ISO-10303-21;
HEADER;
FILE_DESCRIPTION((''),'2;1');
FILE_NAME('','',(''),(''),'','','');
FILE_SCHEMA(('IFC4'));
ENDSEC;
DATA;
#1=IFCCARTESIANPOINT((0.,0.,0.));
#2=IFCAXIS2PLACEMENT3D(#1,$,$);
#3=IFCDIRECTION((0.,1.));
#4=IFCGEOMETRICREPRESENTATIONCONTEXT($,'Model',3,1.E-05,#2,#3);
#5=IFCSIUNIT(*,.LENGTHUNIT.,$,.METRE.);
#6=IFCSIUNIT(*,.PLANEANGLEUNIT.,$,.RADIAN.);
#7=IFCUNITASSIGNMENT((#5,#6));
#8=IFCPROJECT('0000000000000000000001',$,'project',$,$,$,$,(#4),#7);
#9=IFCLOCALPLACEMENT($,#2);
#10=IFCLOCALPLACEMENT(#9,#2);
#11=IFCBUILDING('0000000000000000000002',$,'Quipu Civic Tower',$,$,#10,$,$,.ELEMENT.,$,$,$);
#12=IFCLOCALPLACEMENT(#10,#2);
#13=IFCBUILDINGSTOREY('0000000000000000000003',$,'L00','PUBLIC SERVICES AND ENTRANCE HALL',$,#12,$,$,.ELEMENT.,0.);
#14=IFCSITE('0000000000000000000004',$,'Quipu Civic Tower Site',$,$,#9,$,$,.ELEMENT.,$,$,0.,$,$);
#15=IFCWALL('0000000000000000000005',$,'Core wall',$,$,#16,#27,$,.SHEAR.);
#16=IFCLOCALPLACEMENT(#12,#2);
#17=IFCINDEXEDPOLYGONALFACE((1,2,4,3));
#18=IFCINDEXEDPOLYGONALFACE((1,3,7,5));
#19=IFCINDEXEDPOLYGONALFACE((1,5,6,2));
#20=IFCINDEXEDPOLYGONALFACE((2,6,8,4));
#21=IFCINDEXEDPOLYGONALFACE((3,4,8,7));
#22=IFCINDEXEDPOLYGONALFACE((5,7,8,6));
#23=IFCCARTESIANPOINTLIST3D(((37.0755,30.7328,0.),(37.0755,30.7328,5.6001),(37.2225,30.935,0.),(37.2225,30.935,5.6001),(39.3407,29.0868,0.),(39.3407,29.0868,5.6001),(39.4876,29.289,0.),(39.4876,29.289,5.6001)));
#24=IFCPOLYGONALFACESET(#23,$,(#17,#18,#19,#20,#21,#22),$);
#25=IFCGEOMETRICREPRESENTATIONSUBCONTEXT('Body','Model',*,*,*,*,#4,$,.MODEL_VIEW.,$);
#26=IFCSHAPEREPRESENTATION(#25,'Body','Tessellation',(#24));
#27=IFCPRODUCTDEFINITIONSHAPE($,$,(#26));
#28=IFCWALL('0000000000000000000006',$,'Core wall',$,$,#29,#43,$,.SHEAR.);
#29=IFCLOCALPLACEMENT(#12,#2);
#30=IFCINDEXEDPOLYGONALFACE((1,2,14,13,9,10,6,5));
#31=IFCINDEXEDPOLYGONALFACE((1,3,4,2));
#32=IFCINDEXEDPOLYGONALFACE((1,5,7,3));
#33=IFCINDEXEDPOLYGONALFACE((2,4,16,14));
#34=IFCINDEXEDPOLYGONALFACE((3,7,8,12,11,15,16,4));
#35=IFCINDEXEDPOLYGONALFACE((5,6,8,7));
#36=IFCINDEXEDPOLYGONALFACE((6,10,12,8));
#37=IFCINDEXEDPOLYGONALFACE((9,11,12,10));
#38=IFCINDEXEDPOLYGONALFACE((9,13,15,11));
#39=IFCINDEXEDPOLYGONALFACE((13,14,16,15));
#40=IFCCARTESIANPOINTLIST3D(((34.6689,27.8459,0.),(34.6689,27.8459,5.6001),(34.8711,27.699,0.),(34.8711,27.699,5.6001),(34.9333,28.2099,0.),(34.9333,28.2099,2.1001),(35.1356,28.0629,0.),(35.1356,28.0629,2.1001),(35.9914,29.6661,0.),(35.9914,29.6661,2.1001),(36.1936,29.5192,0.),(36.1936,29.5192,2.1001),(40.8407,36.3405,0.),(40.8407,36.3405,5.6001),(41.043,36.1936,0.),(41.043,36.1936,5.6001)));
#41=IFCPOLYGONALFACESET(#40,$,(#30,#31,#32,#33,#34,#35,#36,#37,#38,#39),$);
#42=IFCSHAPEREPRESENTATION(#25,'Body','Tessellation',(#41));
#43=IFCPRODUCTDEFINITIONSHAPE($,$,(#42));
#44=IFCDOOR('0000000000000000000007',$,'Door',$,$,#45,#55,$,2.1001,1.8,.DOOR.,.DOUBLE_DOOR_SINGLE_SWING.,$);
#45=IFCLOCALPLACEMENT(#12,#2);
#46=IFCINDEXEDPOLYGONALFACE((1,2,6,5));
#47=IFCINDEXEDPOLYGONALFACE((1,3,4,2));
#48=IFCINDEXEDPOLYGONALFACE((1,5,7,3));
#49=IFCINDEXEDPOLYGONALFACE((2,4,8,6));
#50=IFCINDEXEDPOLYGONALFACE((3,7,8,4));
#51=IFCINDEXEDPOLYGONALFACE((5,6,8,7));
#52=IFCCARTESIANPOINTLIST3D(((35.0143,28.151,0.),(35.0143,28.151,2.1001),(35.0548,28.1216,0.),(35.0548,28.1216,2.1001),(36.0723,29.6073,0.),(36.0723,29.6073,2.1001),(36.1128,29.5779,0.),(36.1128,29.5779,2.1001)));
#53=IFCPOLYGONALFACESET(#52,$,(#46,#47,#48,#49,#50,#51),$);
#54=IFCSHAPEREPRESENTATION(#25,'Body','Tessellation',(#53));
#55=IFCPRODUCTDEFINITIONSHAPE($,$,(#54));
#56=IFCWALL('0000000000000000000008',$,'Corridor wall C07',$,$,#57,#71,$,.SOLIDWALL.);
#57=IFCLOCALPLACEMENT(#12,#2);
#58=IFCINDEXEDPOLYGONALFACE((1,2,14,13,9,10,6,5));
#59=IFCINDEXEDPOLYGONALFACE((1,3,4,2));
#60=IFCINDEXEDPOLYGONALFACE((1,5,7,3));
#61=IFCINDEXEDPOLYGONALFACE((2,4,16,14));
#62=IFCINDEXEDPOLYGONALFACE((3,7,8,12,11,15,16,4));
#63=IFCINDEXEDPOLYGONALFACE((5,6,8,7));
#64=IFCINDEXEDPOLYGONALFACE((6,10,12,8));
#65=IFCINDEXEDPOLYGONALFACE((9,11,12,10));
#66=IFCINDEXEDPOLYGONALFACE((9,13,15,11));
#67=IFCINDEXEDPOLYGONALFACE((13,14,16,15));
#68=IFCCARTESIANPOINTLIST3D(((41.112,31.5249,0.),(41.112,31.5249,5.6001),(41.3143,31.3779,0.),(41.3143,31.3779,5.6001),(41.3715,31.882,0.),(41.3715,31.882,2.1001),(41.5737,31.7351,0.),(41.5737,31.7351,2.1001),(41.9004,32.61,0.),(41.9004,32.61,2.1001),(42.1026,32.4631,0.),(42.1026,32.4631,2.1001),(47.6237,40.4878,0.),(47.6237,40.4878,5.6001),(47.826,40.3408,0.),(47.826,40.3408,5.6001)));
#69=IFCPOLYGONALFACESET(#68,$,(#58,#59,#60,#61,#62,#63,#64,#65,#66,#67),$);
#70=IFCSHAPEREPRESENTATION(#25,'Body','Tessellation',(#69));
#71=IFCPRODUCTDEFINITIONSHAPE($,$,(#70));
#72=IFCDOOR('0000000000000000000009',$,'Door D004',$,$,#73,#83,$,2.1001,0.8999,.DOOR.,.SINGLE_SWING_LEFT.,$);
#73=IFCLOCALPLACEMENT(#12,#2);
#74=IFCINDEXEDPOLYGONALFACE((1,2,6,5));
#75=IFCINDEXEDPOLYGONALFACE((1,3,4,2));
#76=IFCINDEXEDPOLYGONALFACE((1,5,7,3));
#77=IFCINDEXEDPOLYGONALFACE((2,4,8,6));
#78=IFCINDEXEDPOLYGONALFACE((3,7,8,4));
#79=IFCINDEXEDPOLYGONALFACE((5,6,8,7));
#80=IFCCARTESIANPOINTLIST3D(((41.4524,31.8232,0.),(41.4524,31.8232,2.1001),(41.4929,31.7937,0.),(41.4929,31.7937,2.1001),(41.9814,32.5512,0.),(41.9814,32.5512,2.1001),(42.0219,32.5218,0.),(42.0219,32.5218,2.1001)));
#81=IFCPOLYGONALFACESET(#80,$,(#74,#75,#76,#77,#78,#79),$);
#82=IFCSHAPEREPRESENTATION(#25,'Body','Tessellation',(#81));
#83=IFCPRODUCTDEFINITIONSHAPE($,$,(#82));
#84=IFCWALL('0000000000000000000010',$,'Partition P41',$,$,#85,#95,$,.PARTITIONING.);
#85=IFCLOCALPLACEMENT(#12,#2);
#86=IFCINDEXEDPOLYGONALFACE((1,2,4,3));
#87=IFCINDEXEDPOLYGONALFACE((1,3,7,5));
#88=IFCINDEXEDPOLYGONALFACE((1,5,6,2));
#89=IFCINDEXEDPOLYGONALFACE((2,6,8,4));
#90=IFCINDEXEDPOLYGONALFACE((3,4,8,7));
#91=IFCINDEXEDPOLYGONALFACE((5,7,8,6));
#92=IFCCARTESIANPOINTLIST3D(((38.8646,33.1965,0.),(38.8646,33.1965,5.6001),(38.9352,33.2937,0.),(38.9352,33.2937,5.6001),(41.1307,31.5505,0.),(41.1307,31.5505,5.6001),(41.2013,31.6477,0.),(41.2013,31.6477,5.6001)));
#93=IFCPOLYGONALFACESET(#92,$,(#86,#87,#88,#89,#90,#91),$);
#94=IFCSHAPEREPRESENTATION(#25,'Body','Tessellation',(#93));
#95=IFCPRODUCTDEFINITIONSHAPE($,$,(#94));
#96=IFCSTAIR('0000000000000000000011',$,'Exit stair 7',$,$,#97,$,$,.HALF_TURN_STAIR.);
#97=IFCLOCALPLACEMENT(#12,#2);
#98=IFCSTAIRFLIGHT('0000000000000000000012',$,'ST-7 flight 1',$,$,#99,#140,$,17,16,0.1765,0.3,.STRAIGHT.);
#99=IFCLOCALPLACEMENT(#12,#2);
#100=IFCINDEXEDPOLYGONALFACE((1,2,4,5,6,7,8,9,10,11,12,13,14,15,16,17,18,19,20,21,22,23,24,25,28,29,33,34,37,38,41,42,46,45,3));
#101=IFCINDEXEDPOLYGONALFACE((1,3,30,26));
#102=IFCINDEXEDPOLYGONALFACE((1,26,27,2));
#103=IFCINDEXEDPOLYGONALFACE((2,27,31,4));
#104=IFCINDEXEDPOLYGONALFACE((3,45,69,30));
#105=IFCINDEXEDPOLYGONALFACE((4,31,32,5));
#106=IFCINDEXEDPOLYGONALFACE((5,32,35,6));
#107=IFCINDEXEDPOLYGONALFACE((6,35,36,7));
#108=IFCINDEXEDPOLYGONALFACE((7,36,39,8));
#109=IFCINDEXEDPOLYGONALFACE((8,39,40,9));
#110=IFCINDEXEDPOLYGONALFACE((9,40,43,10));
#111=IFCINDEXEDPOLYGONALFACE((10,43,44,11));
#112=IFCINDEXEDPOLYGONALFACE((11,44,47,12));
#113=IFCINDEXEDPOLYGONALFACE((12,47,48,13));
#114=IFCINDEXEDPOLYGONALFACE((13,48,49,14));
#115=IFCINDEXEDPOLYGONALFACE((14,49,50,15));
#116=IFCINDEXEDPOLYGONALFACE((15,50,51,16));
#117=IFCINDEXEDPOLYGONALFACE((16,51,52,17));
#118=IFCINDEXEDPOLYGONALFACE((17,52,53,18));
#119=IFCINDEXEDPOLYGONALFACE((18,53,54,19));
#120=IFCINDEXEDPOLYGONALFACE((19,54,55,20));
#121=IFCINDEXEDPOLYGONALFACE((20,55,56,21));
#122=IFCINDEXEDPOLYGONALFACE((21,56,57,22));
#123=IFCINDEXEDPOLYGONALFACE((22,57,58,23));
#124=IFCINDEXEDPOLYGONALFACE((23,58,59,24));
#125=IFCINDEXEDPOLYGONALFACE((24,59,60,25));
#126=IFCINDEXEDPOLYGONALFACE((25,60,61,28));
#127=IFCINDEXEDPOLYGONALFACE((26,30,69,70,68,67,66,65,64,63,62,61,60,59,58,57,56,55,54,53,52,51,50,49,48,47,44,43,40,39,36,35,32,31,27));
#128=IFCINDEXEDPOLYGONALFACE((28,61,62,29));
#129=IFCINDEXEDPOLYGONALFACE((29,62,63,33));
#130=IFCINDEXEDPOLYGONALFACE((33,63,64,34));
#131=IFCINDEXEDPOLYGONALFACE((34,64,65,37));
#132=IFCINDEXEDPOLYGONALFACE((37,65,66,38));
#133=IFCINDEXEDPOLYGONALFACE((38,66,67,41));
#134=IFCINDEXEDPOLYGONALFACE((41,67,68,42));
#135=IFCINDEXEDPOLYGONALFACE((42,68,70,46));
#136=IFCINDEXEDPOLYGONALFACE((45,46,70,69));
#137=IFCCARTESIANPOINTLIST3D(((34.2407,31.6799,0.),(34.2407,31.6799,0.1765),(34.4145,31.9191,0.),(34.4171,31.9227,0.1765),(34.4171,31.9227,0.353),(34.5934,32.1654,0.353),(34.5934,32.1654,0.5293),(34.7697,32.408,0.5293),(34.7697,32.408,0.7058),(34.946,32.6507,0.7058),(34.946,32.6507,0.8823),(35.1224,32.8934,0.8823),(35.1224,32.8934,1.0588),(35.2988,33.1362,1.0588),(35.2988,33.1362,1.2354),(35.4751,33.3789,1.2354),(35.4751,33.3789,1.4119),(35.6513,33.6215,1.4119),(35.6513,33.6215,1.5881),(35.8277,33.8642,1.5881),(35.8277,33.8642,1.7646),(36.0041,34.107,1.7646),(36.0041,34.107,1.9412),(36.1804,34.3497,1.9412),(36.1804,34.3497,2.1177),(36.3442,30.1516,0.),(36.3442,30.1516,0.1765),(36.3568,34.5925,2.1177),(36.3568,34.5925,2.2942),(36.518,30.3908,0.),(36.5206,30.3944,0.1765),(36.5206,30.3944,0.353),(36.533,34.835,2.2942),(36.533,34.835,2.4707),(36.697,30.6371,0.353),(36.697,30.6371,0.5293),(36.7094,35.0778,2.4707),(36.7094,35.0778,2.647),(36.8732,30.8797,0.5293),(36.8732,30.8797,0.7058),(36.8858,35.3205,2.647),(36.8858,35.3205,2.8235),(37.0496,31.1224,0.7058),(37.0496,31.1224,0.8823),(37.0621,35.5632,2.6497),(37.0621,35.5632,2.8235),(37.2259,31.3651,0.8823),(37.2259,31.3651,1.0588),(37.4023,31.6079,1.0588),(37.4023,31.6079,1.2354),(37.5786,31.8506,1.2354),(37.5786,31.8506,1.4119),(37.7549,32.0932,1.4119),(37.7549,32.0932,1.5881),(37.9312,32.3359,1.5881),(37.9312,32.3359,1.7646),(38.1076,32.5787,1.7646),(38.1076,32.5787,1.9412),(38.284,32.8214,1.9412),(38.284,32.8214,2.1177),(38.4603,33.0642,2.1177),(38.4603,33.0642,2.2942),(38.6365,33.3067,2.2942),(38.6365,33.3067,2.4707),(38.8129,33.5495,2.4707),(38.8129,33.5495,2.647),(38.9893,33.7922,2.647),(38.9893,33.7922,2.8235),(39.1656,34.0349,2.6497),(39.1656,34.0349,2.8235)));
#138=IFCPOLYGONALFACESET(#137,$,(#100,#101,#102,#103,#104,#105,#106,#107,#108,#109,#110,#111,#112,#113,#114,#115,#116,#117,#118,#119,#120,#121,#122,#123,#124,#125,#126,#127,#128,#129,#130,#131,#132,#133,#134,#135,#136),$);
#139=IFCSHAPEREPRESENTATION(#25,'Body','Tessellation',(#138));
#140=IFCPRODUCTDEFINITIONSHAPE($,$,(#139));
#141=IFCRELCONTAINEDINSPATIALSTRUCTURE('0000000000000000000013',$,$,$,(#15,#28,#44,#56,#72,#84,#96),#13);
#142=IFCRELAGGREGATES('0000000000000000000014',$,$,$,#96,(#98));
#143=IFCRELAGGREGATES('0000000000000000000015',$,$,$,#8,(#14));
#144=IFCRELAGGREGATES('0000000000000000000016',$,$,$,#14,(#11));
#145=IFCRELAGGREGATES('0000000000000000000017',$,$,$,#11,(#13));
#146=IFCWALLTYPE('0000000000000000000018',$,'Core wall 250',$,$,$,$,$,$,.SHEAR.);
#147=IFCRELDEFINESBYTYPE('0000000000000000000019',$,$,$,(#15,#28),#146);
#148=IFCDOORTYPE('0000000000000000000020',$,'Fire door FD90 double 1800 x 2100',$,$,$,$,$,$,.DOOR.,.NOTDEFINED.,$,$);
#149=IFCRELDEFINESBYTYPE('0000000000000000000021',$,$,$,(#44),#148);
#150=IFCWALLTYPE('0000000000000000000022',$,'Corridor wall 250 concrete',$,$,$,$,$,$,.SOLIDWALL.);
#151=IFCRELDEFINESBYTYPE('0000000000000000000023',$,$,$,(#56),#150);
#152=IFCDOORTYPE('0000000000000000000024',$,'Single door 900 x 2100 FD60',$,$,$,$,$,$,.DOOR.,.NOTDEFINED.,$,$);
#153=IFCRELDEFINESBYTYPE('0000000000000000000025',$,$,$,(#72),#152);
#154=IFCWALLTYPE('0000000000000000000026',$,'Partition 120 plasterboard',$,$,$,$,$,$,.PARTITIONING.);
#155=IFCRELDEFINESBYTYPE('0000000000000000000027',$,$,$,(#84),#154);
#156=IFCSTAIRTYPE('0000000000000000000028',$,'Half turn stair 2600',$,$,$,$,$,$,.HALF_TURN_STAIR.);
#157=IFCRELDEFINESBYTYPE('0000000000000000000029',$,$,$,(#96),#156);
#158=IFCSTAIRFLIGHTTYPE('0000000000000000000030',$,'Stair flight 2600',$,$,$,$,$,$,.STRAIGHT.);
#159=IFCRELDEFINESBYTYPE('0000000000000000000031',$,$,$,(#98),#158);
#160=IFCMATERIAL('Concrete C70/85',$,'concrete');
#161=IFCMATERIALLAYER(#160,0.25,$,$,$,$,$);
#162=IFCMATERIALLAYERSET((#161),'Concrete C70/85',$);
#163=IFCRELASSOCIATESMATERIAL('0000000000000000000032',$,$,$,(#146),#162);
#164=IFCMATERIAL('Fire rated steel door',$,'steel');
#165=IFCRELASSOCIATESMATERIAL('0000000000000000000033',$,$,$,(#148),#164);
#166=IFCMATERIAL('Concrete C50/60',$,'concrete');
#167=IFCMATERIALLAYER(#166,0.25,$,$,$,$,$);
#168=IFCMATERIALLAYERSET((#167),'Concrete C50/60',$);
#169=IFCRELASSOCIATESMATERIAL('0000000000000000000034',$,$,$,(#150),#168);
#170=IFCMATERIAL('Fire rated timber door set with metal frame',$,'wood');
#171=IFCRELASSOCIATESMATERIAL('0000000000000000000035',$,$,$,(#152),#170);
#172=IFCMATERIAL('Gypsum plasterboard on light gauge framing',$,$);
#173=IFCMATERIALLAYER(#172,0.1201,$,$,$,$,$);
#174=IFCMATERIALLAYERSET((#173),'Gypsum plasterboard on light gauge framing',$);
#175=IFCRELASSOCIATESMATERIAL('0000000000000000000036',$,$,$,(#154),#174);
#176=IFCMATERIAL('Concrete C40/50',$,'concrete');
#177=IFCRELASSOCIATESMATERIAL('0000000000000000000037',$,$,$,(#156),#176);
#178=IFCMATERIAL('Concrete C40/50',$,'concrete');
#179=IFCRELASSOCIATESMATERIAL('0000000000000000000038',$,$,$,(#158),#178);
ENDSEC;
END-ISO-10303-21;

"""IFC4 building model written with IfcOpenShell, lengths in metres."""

from ifc_helpers import new_model, si_unit, direction, frame, frame_2d, origin, place, context, subcontext, project, spatial, polyline, rectangle, outline, extrude, material, layer, layer_set, type_object, element, fill, aggregate, save


model = new_model("IFC4")

# Units and contexts
model_context = context("Model", 3, precision=1e-05, world=origin(), true_north=direction((0.0, 1.0)))
body_context = subcontext(model_context, "Body", "Model", "MODEL_VIEW")
ifc_project = project(units=[si_unit("LENGTHUNIT", "METRE"), si_unit("PLANEANGLEUNIT", "RADIAN")], contexts=[model_context])

# Site, building, storey
site_placement = place(None, origin())
site = spatial("IfcSite", under=ifc_project, at=site_placement, Name="Quipu Civic Tower Site", CompositionType="ELEMENT", RefElevation=0.0)
building_placement = place(site_placement, origin())
building = spatial("IfcBuilding", under=site, at=building_placement, Name="Quipu Civic Tower", CompositionType="ELEMENT")
storey_placement = place(building_placement, origin())
storey = spatial("IfcBuildingStorey", under=building, at=storey_placement, Name="L00", Description="PUBLIC SERVICES AND ENTRANCE HALL", CompositionType="ELEMENT", Elevation=0.0)

# Wall
ifc_material_1 = material(Name="Concrete C70/85", Category="concrete")
ifc_layer_1 = layer(ifc_material_1, 0.25)
ifc_layer_set_1 = layer_set([ifc_layer_1], Name="Concrete C70/85")
wall_type_1 = type_object("IfcWallType", Name="Core wall 250", PredefinedType="SHEAR", material=ifc_layer_set_1)
wall_1_placement = place(storey_placement, frame((39.4141, 29.188, 0.0), z_axis=(0.0, 0.0, 1.0), x_axis=(-0.80897, 0.58785, 0.0)))
element("IfcWall", 1, at=wall_1_placement, inside=storey, type_object=wall_type_1, Name="Core wall", PredefinedType="SHEAR", context=body_context, shape_type="SweptSolid", body=[
    extrude(rectangle(XDim=2.8, YDim=0.25, at=frame_2d((1.3999, 0.0))), origin(), (0.0, 0.0, 1.0), 5.6001),
])

# Walls, openings, doors
wall_2_placement = place(storey_placement, frame((34.77, 27.7725, 0.0), z_axis=(0.0, 0.0, 1.0), x_axis=(0.587796, 0.809009, 0.0)))
wall_2 = element("IfcWall", 2, at=wall_2_placement, inside=storey, type_object=wall_type_1, Name="Core wall", PredefinedType="SHEAR", context=body_context, shape_type="SweptSolid", body=[
    extrude(rectangle(XDim=10.5, YDim=0.25, at=frame_2d((5.25, 0.0))), origin(), (0.0, 0.0, 1.0), 5.6001),
])
opening_1_placement = place(wall_2_placement, frame((0.45, 0.0, 0.0)))
opening_1 = element("IfcOpeningElement", 3, at=opening_1_placement, cuts=wall_2, PredefinedType="OPENING", context=body_context, shape_type="SweptSolid", body=[
    extrude(rectangle(XDim=1.8, YDim=2.1001, at=frame_2d((0.8999, 1.05))), frame((0.0, 0.135, 0.0), z_axis=(0.0, -1.0, 0.0), x_axis=(1.0, 0.0, 0.0)), (0.0, 0.0, 1.0), 0.27),
])
ifc_material_2 = material(Name="Fire rated steel door", Category="steel")
door_type_1 = type_object("IfcDoorType", Name="Fire door FD90 double 1800 x 2100", OperationType="NOTDEFINED", PredefinedType="DOOR", material=ifc_material_2)
door_1_placement = place(opening_1_placement, origin())
door_1 = element("IfcDoor", 4, at=door_1_placement, inside=storey, type_object=door_type_1, Name="Door", OperationType="DOUBLE_DOOR_SINGLE_SWING", OverallHeight=2.1001, OverallWidth=1.8, PredefinedType="DOOR", context=body_context, shape_type="SweptSolid", body=[
    extrude(rectangle(XDim=1.8, YDim=2.1001, at=frame_2d((0.8999, 1.05))), frame((0.0, 0.0249, 0.0), z_axis=(0.0, -1.0, 0.0), x_axis=(1.0, 0.0, 0.0)), (0.0, 0.0, 1.0), 0.05),
])
fill(opening_1, door_1)
ifc_material_3 = material(Name="Concrete C50/60", Category="concrete")
ifc_layer_2 = layer(ifc_material_3, 0.25)
ifc_layer_set_2 = layer_set([ifc_layer_2], Name="Concrete C50/60")
wall_type_2 = type_object("IfcWallType", Name="Corridor wall 250 concrete", PredefinedType="SOLIDWALL", material=ifc_layer_set_2)
wall_3_placement = place(storey_placement, frame((41.2131, 31.4514, 0.0), z_axis=(0.0, 0.0, 1.0), x_axis=(0.587773, 0.809026, 0.0)))
wall_3 = element("IfcWall", 5, at=wall_3_placement, inside=storey, type_object=wall_type_2, Name="Corridor wall C07", PredefinedType="SOLIDWALL", context=body_context, shape_type="SweptSolid", body=[
    extrude(rectangle(XDim=11.0786, YDim=0.25, at=frame_2d((5.5393, 0.0))), origin(), (0.0, 0.0, 1.0), 5.6001),
])
opening_2_placement = place(wall_3_placement, frame((0.4414, 0.0, 0.0)))
opening_2 = element("IfcOpeningElement", 6, at=opening_2_placement, cuts=wall_3, PredefinedType="OPENING", context=body_context, shape_type="SweptSolid", body=[
    extrude(rectangle(XDim=0.8999, YDim=2.1001, at=frame_2d((0.45, 1.05))), frame((0.0, 0.135, 0.0), z_axis=(0.0, -1.0, 0.0), x_axis=(1.0, 0.0, 0.0)), (0.0, 0.0, 1.0), 0.27),
])
ifc_material_4 = material(Name="Fire rated timber door set with metal frame", Category="wood")
door_type_2 = type_object("IfcDoorType", Name="Single door 900 x 2100 FD60", OperationType="NOTDEFINED", PredefinedType="DOOR", material=ifc_material_4)
door_2_placement = place(opening_2_placement, origin())
door_2 = element("IfcDoor", 7, at=door_2_placement, inside=storey, type_object=door_type_2, Name="Door D004", OperationType="SINGLE_SWING_LEFT", OverallHeight=2.1001, OverallWidth=0.8999, PredefinedType="DOOR", context=body_context, shape_type="SweptSolid", body=[
    extrude(rectangle(XDim=0.8999, YDim=2.1001, at=frame_2d((0.45, 1.05))), frame((0.0, 0.0249, 0.0), z_axis=(0.0, -1.0, 0.0), x_axis=(1.0, 0.0, 0.0)), (0.0, 0.0, 1.0), 0.05),
])
fill(opening_2, door_2)

# Wall
ifc_material_5 = material(Name="Gypsum plasterboard on light gauge framing")
ifc_layer_3 = layer(ifc_material_5, 0.1201)
ifc_layer_set_3 = layer_set([ifc_layer_3], Name="Gypsum plasterboard on light gauge framing")
wall_type_3 = type_object("IfcWallType", Name="Partition 120 plasterboard", PredefinedType="PARTITIONING", material=ifc_layer_set_3)
wall_4_placement = place(storey_placement, frame((38.8999, 33.2451, 0.0), z_axis=(0.0, 0.0, 1.0), x_axis=(0.80909, -0.587684, 0.0)))
element("IfcWall", 8, at=wall_4_placement, inside=storey, type_object=wall_type_3, Name="Partition P41", PredefinedType="PARTITIONING", context=body_context, shape_type="SweptSolid", body=[
    extrude(rectangle(XDim=2.8008, YDim=0.1201, at=frame_2d((1.4004, 0.0))), origin(), (0.0, 0.0, 1.0), 5.6001),
])

# Stair, stair flight
ifc_material_6 = material(Name="Concrete C40/50", Category="concrete")
stair_type = type_object("IfcStairType", Name="Half turn stair 2600", PredefinedType="HALF_TURN_STAIR", material=ifc_material_6)
stair_placement = place(storey_placement, origin())
stair = element("IfcStair", 9, at=stair_placement, inside=storey, type_object=stair_type, Name="Exit stair 7", PredefinedType="HALF_TURN_STAIR")
ifc_material_7 = material(Name="Concrete C40/50", Category="concrete")
stair_flight_type = type_object("IfcStairFlightType", Name="Stair flight 2600", PredefinedType="STRAIGHT", material=ifc_material_7)
stair_flight_placement = place(storey_placement, frame((35.2925, 30.9158, 0.0), z_axis=(0.0, 0.0, 1.0), x_axis=(0.587785, 0.809017, 0.0)))
stair_flight = element("IfcStairFlight", 10, at=stair_flight_placement, type_object=stair_flight_type, Name="ST-7 flight 1", NumberOfRisers=17, NumberOfTreads=16, PredefinedType="STRAIGHT", RiserHeight=0.1765, TreadLength=0.3, context=body_context, shape_type="SweptSolid", body=[
    extrude(outline(polyline([(0.0, 0.0), (0.0, 0.1765), (0.3, 0.1765), (0.3, 0.353), (0.6001, 0.353), (0.6001, 0.5293), (0.8999, 0.5293), (0.8999, 0.7058), (1.2, 0.7058), (1.2, 0.8823), (1.5, 0.8823), (1.5, 1.0588), (1.8, 1.0588), (1.8, 1.2354), (2.1001, 1.2354), (2.1001, 1.4119), (2.3999, 1.4119), (2.3999, 1.5881), (2.7, 1.5881), (2.7, 1.7646), (3.0, 1.7646), (3.0, 1.9412), (3.3, 1.9412), (3.3, 2.1177), (3.6001, 2.1177), (3.6001, 2.2942), (3.8999, 2.2942), (3.8999, 2.4707), (4.2, 2.4707), (4.2, 2.647), (4.5, 2.647), (4.5, 2.8235), (4.8, 2.8235), (4.8, 3.0), (4.8, 2.6497), (0.2957, 0.0), (0.0, 0.0)])), frame((0.0, 1.3, 0.0), z_axis=(0.0, -1.0, 0.0), x_axis=(1.0, 0.0, 0.0)), (0.0, 0.0, 1.0), 2.6001),
])
aggregate(stair, [stair_flight])

save(model, "model.ifc")
